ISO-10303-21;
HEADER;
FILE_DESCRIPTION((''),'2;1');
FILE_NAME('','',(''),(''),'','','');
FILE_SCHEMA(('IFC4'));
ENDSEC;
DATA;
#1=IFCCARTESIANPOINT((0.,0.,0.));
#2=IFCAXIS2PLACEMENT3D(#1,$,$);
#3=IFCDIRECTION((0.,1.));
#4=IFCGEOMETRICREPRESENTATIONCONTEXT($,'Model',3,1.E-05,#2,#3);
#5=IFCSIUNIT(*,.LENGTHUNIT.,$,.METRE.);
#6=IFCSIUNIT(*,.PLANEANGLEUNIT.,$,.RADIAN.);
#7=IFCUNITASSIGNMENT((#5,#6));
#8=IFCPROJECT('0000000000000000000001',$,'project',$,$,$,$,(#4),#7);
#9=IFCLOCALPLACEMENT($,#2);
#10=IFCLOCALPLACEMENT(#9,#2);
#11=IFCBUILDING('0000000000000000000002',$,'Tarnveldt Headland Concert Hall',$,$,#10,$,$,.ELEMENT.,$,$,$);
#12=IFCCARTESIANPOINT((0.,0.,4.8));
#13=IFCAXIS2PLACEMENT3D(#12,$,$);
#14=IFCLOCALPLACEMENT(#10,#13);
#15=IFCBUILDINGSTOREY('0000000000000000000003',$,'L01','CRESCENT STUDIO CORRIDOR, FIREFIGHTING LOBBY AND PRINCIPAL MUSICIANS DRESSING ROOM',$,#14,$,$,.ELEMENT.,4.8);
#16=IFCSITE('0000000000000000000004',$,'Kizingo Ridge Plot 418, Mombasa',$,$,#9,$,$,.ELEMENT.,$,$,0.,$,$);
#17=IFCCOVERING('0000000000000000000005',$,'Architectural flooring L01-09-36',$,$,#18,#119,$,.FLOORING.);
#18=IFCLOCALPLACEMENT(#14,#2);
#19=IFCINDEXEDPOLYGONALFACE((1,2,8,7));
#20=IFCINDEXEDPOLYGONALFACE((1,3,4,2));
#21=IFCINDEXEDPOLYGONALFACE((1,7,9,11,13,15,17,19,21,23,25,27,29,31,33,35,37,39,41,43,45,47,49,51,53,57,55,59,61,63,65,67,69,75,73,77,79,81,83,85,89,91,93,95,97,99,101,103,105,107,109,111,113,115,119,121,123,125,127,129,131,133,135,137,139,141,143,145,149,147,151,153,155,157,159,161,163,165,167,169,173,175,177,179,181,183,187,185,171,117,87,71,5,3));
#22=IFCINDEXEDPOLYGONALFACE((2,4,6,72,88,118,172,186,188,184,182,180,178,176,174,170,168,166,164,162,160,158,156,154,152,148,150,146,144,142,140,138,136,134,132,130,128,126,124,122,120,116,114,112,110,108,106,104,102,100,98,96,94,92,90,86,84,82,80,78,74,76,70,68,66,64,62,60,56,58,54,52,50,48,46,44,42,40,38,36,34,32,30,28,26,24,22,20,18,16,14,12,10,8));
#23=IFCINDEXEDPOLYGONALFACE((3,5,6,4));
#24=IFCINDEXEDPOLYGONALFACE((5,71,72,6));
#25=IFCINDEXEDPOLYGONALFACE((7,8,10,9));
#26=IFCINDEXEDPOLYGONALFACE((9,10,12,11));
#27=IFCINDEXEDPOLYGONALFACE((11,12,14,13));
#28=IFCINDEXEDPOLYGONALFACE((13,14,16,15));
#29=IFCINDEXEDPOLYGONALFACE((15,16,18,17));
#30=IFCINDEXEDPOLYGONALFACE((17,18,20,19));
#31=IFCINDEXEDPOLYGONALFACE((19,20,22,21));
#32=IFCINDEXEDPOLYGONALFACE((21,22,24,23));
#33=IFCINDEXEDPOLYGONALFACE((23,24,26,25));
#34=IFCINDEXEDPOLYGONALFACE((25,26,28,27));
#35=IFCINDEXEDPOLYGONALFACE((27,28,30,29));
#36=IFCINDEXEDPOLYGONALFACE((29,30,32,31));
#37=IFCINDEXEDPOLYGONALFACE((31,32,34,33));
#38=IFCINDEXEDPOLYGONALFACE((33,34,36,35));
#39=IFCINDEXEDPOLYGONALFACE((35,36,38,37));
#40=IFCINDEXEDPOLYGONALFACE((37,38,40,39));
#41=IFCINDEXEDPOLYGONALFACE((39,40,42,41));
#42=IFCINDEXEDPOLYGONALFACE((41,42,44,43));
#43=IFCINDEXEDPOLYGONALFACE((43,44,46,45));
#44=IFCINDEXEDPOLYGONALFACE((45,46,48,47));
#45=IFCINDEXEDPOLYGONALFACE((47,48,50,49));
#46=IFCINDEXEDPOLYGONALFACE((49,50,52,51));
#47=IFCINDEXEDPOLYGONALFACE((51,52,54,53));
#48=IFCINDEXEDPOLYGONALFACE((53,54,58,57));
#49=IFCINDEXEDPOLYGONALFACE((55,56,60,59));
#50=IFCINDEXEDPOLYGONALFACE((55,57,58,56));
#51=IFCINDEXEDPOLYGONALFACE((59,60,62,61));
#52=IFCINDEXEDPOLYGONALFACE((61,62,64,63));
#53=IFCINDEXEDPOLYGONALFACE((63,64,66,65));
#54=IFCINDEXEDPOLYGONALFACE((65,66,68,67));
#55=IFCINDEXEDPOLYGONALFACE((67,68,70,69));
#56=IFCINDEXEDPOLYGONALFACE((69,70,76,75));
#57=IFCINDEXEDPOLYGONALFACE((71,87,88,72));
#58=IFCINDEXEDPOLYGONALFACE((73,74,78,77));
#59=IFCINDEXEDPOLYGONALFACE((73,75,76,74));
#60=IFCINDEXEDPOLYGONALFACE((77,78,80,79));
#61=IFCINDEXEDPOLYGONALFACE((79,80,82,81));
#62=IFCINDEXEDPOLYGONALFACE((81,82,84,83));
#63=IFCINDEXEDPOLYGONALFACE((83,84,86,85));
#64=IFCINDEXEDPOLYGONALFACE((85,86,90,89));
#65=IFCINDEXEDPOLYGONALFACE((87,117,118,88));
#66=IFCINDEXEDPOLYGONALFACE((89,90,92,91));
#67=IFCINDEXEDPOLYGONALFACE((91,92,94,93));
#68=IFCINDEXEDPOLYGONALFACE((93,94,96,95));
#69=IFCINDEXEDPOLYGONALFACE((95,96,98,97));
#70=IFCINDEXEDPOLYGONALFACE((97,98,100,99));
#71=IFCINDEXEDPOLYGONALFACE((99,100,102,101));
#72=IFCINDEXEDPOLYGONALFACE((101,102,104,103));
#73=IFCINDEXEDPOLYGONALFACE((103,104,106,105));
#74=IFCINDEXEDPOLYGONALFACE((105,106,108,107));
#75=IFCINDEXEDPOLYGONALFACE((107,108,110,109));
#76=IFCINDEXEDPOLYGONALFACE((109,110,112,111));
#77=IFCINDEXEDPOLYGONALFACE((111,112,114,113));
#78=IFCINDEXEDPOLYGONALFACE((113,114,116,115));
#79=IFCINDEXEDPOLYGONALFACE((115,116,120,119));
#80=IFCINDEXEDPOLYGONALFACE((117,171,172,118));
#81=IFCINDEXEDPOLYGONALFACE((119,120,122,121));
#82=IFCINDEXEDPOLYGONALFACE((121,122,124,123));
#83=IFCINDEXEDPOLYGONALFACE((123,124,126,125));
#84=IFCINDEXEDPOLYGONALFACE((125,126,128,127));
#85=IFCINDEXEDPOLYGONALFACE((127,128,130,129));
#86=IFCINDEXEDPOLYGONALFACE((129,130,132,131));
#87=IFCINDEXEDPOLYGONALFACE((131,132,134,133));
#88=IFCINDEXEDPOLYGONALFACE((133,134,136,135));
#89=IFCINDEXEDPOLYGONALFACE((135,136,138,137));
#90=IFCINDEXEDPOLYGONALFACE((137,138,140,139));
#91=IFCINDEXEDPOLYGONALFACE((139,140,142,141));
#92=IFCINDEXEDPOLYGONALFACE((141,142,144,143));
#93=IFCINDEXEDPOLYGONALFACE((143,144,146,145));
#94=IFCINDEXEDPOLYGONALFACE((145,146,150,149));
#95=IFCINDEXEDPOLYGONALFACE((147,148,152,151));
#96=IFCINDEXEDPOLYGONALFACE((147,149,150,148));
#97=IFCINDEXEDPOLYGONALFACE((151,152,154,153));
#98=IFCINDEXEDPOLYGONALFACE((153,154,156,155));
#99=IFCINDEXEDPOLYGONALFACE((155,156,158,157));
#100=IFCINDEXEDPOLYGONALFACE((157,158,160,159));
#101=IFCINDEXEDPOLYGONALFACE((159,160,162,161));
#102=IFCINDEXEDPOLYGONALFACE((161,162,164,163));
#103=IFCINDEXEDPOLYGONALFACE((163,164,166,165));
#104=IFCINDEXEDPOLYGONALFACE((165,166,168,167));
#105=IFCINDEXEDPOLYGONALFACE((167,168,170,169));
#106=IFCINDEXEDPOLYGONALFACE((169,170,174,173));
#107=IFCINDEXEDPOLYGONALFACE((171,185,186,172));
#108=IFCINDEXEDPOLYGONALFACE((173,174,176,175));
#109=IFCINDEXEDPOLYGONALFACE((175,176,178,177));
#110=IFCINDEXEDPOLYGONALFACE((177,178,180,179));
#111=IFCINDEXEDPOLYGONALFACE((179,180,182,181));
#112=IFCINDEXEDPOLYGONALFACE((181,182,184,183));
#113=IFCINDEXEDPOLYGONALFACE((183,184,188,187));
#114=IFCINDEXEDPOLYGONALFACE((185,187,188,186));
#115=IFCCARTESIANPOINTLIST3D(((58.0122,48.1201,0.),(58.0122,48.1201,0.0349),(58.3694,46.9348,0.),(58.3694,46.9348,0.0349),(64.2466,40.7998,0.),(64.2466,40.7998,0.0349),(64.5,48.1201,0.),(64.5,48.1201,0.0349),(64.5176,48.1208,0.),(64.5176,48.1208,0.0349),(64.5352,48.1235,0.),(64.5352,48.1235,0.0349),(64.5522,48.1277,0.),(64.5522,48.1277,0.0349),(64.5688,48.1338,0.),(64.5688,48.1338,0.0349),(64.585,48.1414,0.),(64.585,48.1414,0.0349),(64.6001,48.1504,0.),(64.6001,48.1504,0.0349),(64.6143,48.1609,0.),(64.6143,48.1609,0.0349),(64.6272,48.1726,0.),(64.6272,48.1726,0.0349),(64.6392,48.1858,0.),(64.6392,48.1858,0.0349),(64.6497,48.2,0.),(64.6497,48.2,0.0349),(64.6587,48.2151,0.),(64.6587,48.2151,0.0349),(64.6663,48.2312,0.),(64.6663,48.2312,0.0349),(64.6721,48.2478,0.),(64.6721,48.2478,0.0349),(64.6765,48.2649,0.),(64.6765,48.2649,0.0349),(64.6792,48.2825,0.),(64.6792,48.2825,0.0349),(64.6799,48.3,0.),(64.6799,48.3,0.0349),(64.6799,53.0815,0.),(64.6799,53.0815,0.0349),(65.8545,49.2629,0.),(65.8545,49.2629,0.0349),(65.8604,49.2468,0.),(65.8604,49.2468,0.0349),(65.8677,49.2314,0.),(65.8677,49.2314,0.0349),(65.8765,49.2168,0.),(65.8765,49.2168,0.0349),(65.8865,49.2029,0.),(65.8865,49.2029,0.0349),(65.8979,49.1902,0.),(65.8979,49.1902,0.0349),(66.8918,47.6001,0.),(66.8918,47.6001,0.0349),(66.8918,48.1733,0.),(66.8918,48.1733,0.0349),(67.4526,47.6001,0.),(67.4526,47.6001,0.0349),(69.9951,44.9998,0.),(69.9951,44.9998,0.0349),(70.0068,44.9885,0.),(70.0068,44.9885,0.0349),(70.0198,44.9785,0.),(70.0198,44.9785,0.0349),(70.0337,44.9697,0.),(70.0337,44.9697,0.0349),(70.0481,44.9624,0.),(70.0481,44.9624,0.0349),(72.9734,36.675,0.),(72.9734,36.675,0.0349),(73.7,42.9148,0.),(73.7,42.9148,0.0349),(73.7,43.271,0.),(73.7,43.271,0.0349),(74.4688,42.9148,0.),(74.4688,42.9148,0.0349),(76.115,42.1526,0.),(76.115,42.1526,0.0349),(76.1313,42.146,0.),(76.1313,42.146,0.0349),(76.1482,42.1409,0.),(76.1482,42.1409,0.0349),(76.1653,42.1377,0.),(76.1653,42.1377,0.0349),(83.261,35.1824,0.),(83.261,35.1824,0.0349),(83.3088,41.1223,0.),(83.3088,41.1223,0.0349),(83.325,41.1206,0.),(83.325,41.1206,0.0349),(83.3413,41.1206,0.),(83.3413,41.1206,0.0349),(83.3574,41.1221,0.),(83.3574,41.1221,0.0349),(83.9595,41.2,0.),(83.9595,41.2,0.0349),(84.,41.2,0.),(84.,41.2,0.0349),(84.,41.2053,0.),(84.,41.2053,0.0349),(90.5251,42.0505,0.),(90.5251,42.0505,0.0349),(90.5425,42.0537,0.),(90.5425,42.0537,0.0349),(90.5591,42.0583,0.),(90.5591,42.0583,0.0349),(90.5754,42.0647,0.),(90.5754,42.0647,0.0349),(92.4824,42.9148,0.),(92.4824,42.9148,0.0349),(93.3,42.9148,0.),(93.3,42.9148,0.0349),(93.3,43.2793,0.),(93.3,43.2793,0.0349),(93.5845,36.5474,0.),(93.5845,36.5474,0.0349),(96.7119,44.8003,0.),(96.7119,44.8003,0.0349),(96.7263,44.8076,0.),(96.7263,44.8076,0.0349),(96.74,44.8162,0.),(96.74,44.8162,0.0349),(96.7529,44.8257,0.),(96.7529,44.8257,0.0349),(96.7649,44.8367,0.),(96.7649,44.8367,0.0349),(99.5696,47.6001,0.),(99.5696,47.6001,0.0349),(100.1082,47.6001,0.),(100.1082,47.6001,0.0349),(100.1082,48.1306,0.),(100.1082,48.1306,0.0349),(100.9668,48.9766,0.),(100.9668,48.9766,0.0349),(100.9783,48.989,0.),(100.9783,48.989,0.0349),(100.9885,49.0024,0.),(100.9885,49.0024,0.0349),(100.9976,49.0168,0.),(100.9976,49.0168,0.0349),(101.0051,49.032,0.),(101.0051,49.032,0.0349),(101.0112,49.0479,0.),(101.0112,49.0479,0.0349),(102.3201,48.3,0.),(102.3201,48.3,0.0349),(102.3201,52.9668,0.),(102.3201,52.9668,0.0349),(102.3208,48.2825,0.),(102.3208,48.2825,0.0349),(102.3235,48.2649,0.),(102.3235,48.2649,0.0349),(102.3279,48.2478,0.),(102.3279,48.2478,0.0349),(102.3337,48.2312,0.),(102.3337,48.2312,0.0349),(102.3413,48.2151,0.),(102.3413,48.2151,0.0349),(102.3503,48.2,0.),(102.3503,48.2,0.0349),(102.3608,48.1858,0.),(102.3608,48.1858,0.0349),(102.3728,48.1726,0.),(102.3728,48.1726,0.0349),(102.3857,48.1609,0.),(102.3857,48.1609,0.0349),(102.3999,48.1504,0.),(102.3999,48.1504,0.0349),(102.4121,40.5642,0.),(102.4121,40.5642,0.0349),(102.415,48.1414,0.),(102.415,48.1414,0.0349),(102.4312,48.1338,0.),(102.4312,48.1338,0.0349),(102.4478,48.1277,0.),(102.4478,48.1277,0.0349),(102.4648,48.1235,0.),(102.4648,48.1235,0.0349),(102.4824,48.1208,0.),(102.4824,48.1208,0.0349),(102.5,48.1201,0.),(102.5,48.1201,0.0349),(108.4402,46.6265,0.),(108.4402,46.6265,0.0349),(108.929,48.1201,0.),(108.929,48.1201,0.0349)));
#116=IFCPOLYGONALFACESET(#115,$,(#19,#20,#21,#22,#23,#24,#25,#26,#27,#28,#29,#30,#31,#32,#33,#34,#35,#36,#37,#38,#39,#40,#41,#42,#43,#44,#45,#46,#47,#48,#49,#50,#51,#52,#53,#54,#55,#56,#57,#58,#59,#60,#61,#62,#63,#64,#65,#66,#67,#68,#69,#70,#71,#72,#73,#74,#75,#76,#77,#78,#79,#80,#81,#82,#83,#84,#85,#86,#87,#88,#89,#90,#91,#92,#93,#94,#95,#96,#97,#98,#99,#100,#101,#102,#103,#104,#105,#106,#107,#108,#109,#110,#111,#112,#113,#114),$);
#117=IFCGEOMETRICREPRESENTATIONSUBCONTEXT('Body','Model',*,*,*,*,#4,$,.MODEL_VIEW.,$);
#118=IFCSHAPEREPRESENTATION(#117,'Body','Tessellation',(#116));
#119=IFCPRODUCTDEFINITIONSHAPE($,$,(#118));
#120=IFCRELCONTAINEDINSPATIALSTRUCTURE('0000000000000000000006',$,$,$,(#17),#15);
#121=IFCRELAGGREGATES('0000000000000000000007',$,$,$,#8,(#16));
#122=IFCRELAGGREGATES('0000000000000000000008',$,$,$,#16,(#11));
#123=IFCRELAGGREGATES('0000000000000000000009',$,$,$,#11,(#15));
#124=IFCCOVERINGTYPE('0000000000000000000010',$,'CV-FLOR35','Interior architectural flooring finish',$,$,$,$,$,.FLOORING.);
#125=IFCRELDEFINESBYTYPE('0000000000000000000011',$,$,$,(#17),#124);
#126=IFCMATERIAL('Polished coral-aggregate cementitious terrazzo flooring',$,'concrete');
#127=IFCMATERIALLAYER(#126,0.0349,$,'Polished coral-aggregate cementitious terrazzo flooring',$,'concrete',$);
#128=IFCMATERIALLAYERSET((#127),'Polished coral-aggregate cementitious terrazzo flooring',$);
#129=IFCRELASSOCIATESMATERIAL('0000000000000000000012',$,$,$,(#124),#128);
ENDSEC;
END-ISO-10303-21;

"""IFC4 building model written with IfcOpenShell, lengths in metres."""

from ifc_helpers import new_model, si_unit, direction, frame, origin, place, context, subcontext, project, spatial, polyline, outline, extrude, material, layer, layer_set, type_object, element, save


model = new_model("IFC4")

# Units and contexts
model_context = context("Model", 3, precision=1e-05, world=origin(), true_north=direction((0.0, 1.0)))
body_context = subcontext(model_context, "Body", "Model", "MODEL_VIEW")
ifc_project = project(units=[si_unit("LENGTHUNIT", "METRE"), si_unit("PLANEANGLEUNIT", "RADIAN")], contexts=[model_context])

# Site, building, storey
site_placement = place(None, origin())
site = spatial("IfcSite", under=ifc_project, at=site_placement, Name="Kizingo Ridge Plot 418, Mombasa", CompositionType="ELEMENT", RefElevation=0.0)
building_placement = place(site_placement, origin())
building = spatial("IfcBuilding", under=site, at=building_placement, Name="Tarnveldt Headland Concert Hall", CompositionType="ELEMENT")
storey_placement = place(building_placement, frame((0.0, 0.0, 4.8)))
storey = spatial("IfcBuildingStorey", under=building, at=storey_placement, Name="L01", Description="CRESCENT STUDIO CORRIDOR, FIREFIGHTING LOBBY AND PRINCIPAL MUSICIANS DRESSING ROOM", CompositionType="ELEMENT", Elevation=4.8)

# Covering
ifc_material_1 = material(Name="Polished coral-aggregate cementitious terrazzo flooring", Category="concrete")
ifc_layer_1 = layer(ifc_material_1, 0.0349, Name="Polished coral-aggregate cementitious terrazzo flooring", Category="concrete")
ifc_layer_set_1 = layer_set([ifc_layer_1], Name="Polished coral-aggregate cementitious terrazzo flooring")
covering_type_1 = type_object("IfcCoveringType", Name="CV-FLOR35", Description="Interior architectural flooring finish", PredefinedType="FLOORING", material=ifc_layer_set_1)
covering_1_placement = place(storey_placement, origin())
element("IfcCovering", 1, at=covering_1_placement, inside=storey, type_object=covering_type_1, Name="Architectural flooring L01-09-36", PredefinedType="FLOORING", context=body_context, shape_type="SweptSolid", body=[
    extrude(outline(polyline([(65.8979, 49.1902), (66.8918, 48.1733), (66.8918, 47.6001), (67.4526, 47.6001), (69.9951, 44.9998), (70.0068, 44.9885), (70.0198, 44.9785), (70.0337, 44.9697), (70.0481, 44.9624), (73.7, 43.271), (73.7, 42.9148), (74.4688, 42.9148), (76.115, 42.1526), (76.1313, 42.146), (76.1482, 42.1409), (76.1653, 42.1377), (83.3088, 41.1223), (83.325, 41.1206), (83.3413, 41.1206), (83.3574, 41.1221), (83.9595, 41.2), (84.0, 41.2), (84.0, 41.2053), (90.5251, 42.0505), (90.5425, 42.0537), (90.5591, 42.0583), (90.5754, 42.0647), (92.4824, 42.9148), (93.3, 42.9148), (93.3, 43.2793), (96.7119, 44.8003), (96.7263, 44.8076), (96.74, 44.8162), (96.7529, 44.8257), (96.7649, 44.8367), (99.5696, 47.6001), (100.1082, 47.6001), (100.1082, 48.1306), (100.9668, 48.9766), (100.9783, 48.989), (100.9885, 49.0024), (100.9976, 49.0168), (101.0051, 49.032), (101.0112, 49.0479), (102.3201, 52.9668), (102.3201, 48.3), (102.3208, 48.2825), (102.3235, 48.2649), (102.3279, 48.2478), (102.3337, 48.2312), (102.3413, 48.2151), (102.3503, 48.2), (102.3608, 48.1858), (102.3728, 48.1726), (102.3857, 48.1609), (102.3999, 48.1504), (102.415, 48.1414), (102.4312, 48.1338), (102.4478, 48.1277), (102.4648, 48.1235), (102.4824, 48.1208), (102.5, 48.1201), (108.929, 48.1201), (108.4402, 46.6265), (102.4121, 40.5642), (93.5845, 36.5474), (83.261, 35.1824), (72.9734, 36.675), (64.2466, 40.7998), (58.3694, 46.9348), (58.0122, 48.1201), (64.5, 48.1201), (64.5176, 48.1208), (64.5352, 48.1235), (64.5522, 48.1277), (64.5688, 48.1338), (64.585, 48.1414), (64.6001, 48.1504), (64.6143, 48.1609), (64.6272, 48.1726), (64.6392, 48.1858), (64.6497, 48.2), (64.6587, 48.2151), (64.6663, 48.2312), (64.6721, 48.2478), (64.6765, 48.2649), (64.6792, 48.2825), (64.6799, 48.3), (64.6799, 53.0815), (65.8545, 49.2629), (65.8604, 49.2468), (65.8677, 49.2314), (65.8765, 49.2168), (65.8865, 49.2029), (65.8979, 49.1902)])), origin(), (0.0, 0.0, 1.0), 0.0349),
])

save(model, "model.ifc")
